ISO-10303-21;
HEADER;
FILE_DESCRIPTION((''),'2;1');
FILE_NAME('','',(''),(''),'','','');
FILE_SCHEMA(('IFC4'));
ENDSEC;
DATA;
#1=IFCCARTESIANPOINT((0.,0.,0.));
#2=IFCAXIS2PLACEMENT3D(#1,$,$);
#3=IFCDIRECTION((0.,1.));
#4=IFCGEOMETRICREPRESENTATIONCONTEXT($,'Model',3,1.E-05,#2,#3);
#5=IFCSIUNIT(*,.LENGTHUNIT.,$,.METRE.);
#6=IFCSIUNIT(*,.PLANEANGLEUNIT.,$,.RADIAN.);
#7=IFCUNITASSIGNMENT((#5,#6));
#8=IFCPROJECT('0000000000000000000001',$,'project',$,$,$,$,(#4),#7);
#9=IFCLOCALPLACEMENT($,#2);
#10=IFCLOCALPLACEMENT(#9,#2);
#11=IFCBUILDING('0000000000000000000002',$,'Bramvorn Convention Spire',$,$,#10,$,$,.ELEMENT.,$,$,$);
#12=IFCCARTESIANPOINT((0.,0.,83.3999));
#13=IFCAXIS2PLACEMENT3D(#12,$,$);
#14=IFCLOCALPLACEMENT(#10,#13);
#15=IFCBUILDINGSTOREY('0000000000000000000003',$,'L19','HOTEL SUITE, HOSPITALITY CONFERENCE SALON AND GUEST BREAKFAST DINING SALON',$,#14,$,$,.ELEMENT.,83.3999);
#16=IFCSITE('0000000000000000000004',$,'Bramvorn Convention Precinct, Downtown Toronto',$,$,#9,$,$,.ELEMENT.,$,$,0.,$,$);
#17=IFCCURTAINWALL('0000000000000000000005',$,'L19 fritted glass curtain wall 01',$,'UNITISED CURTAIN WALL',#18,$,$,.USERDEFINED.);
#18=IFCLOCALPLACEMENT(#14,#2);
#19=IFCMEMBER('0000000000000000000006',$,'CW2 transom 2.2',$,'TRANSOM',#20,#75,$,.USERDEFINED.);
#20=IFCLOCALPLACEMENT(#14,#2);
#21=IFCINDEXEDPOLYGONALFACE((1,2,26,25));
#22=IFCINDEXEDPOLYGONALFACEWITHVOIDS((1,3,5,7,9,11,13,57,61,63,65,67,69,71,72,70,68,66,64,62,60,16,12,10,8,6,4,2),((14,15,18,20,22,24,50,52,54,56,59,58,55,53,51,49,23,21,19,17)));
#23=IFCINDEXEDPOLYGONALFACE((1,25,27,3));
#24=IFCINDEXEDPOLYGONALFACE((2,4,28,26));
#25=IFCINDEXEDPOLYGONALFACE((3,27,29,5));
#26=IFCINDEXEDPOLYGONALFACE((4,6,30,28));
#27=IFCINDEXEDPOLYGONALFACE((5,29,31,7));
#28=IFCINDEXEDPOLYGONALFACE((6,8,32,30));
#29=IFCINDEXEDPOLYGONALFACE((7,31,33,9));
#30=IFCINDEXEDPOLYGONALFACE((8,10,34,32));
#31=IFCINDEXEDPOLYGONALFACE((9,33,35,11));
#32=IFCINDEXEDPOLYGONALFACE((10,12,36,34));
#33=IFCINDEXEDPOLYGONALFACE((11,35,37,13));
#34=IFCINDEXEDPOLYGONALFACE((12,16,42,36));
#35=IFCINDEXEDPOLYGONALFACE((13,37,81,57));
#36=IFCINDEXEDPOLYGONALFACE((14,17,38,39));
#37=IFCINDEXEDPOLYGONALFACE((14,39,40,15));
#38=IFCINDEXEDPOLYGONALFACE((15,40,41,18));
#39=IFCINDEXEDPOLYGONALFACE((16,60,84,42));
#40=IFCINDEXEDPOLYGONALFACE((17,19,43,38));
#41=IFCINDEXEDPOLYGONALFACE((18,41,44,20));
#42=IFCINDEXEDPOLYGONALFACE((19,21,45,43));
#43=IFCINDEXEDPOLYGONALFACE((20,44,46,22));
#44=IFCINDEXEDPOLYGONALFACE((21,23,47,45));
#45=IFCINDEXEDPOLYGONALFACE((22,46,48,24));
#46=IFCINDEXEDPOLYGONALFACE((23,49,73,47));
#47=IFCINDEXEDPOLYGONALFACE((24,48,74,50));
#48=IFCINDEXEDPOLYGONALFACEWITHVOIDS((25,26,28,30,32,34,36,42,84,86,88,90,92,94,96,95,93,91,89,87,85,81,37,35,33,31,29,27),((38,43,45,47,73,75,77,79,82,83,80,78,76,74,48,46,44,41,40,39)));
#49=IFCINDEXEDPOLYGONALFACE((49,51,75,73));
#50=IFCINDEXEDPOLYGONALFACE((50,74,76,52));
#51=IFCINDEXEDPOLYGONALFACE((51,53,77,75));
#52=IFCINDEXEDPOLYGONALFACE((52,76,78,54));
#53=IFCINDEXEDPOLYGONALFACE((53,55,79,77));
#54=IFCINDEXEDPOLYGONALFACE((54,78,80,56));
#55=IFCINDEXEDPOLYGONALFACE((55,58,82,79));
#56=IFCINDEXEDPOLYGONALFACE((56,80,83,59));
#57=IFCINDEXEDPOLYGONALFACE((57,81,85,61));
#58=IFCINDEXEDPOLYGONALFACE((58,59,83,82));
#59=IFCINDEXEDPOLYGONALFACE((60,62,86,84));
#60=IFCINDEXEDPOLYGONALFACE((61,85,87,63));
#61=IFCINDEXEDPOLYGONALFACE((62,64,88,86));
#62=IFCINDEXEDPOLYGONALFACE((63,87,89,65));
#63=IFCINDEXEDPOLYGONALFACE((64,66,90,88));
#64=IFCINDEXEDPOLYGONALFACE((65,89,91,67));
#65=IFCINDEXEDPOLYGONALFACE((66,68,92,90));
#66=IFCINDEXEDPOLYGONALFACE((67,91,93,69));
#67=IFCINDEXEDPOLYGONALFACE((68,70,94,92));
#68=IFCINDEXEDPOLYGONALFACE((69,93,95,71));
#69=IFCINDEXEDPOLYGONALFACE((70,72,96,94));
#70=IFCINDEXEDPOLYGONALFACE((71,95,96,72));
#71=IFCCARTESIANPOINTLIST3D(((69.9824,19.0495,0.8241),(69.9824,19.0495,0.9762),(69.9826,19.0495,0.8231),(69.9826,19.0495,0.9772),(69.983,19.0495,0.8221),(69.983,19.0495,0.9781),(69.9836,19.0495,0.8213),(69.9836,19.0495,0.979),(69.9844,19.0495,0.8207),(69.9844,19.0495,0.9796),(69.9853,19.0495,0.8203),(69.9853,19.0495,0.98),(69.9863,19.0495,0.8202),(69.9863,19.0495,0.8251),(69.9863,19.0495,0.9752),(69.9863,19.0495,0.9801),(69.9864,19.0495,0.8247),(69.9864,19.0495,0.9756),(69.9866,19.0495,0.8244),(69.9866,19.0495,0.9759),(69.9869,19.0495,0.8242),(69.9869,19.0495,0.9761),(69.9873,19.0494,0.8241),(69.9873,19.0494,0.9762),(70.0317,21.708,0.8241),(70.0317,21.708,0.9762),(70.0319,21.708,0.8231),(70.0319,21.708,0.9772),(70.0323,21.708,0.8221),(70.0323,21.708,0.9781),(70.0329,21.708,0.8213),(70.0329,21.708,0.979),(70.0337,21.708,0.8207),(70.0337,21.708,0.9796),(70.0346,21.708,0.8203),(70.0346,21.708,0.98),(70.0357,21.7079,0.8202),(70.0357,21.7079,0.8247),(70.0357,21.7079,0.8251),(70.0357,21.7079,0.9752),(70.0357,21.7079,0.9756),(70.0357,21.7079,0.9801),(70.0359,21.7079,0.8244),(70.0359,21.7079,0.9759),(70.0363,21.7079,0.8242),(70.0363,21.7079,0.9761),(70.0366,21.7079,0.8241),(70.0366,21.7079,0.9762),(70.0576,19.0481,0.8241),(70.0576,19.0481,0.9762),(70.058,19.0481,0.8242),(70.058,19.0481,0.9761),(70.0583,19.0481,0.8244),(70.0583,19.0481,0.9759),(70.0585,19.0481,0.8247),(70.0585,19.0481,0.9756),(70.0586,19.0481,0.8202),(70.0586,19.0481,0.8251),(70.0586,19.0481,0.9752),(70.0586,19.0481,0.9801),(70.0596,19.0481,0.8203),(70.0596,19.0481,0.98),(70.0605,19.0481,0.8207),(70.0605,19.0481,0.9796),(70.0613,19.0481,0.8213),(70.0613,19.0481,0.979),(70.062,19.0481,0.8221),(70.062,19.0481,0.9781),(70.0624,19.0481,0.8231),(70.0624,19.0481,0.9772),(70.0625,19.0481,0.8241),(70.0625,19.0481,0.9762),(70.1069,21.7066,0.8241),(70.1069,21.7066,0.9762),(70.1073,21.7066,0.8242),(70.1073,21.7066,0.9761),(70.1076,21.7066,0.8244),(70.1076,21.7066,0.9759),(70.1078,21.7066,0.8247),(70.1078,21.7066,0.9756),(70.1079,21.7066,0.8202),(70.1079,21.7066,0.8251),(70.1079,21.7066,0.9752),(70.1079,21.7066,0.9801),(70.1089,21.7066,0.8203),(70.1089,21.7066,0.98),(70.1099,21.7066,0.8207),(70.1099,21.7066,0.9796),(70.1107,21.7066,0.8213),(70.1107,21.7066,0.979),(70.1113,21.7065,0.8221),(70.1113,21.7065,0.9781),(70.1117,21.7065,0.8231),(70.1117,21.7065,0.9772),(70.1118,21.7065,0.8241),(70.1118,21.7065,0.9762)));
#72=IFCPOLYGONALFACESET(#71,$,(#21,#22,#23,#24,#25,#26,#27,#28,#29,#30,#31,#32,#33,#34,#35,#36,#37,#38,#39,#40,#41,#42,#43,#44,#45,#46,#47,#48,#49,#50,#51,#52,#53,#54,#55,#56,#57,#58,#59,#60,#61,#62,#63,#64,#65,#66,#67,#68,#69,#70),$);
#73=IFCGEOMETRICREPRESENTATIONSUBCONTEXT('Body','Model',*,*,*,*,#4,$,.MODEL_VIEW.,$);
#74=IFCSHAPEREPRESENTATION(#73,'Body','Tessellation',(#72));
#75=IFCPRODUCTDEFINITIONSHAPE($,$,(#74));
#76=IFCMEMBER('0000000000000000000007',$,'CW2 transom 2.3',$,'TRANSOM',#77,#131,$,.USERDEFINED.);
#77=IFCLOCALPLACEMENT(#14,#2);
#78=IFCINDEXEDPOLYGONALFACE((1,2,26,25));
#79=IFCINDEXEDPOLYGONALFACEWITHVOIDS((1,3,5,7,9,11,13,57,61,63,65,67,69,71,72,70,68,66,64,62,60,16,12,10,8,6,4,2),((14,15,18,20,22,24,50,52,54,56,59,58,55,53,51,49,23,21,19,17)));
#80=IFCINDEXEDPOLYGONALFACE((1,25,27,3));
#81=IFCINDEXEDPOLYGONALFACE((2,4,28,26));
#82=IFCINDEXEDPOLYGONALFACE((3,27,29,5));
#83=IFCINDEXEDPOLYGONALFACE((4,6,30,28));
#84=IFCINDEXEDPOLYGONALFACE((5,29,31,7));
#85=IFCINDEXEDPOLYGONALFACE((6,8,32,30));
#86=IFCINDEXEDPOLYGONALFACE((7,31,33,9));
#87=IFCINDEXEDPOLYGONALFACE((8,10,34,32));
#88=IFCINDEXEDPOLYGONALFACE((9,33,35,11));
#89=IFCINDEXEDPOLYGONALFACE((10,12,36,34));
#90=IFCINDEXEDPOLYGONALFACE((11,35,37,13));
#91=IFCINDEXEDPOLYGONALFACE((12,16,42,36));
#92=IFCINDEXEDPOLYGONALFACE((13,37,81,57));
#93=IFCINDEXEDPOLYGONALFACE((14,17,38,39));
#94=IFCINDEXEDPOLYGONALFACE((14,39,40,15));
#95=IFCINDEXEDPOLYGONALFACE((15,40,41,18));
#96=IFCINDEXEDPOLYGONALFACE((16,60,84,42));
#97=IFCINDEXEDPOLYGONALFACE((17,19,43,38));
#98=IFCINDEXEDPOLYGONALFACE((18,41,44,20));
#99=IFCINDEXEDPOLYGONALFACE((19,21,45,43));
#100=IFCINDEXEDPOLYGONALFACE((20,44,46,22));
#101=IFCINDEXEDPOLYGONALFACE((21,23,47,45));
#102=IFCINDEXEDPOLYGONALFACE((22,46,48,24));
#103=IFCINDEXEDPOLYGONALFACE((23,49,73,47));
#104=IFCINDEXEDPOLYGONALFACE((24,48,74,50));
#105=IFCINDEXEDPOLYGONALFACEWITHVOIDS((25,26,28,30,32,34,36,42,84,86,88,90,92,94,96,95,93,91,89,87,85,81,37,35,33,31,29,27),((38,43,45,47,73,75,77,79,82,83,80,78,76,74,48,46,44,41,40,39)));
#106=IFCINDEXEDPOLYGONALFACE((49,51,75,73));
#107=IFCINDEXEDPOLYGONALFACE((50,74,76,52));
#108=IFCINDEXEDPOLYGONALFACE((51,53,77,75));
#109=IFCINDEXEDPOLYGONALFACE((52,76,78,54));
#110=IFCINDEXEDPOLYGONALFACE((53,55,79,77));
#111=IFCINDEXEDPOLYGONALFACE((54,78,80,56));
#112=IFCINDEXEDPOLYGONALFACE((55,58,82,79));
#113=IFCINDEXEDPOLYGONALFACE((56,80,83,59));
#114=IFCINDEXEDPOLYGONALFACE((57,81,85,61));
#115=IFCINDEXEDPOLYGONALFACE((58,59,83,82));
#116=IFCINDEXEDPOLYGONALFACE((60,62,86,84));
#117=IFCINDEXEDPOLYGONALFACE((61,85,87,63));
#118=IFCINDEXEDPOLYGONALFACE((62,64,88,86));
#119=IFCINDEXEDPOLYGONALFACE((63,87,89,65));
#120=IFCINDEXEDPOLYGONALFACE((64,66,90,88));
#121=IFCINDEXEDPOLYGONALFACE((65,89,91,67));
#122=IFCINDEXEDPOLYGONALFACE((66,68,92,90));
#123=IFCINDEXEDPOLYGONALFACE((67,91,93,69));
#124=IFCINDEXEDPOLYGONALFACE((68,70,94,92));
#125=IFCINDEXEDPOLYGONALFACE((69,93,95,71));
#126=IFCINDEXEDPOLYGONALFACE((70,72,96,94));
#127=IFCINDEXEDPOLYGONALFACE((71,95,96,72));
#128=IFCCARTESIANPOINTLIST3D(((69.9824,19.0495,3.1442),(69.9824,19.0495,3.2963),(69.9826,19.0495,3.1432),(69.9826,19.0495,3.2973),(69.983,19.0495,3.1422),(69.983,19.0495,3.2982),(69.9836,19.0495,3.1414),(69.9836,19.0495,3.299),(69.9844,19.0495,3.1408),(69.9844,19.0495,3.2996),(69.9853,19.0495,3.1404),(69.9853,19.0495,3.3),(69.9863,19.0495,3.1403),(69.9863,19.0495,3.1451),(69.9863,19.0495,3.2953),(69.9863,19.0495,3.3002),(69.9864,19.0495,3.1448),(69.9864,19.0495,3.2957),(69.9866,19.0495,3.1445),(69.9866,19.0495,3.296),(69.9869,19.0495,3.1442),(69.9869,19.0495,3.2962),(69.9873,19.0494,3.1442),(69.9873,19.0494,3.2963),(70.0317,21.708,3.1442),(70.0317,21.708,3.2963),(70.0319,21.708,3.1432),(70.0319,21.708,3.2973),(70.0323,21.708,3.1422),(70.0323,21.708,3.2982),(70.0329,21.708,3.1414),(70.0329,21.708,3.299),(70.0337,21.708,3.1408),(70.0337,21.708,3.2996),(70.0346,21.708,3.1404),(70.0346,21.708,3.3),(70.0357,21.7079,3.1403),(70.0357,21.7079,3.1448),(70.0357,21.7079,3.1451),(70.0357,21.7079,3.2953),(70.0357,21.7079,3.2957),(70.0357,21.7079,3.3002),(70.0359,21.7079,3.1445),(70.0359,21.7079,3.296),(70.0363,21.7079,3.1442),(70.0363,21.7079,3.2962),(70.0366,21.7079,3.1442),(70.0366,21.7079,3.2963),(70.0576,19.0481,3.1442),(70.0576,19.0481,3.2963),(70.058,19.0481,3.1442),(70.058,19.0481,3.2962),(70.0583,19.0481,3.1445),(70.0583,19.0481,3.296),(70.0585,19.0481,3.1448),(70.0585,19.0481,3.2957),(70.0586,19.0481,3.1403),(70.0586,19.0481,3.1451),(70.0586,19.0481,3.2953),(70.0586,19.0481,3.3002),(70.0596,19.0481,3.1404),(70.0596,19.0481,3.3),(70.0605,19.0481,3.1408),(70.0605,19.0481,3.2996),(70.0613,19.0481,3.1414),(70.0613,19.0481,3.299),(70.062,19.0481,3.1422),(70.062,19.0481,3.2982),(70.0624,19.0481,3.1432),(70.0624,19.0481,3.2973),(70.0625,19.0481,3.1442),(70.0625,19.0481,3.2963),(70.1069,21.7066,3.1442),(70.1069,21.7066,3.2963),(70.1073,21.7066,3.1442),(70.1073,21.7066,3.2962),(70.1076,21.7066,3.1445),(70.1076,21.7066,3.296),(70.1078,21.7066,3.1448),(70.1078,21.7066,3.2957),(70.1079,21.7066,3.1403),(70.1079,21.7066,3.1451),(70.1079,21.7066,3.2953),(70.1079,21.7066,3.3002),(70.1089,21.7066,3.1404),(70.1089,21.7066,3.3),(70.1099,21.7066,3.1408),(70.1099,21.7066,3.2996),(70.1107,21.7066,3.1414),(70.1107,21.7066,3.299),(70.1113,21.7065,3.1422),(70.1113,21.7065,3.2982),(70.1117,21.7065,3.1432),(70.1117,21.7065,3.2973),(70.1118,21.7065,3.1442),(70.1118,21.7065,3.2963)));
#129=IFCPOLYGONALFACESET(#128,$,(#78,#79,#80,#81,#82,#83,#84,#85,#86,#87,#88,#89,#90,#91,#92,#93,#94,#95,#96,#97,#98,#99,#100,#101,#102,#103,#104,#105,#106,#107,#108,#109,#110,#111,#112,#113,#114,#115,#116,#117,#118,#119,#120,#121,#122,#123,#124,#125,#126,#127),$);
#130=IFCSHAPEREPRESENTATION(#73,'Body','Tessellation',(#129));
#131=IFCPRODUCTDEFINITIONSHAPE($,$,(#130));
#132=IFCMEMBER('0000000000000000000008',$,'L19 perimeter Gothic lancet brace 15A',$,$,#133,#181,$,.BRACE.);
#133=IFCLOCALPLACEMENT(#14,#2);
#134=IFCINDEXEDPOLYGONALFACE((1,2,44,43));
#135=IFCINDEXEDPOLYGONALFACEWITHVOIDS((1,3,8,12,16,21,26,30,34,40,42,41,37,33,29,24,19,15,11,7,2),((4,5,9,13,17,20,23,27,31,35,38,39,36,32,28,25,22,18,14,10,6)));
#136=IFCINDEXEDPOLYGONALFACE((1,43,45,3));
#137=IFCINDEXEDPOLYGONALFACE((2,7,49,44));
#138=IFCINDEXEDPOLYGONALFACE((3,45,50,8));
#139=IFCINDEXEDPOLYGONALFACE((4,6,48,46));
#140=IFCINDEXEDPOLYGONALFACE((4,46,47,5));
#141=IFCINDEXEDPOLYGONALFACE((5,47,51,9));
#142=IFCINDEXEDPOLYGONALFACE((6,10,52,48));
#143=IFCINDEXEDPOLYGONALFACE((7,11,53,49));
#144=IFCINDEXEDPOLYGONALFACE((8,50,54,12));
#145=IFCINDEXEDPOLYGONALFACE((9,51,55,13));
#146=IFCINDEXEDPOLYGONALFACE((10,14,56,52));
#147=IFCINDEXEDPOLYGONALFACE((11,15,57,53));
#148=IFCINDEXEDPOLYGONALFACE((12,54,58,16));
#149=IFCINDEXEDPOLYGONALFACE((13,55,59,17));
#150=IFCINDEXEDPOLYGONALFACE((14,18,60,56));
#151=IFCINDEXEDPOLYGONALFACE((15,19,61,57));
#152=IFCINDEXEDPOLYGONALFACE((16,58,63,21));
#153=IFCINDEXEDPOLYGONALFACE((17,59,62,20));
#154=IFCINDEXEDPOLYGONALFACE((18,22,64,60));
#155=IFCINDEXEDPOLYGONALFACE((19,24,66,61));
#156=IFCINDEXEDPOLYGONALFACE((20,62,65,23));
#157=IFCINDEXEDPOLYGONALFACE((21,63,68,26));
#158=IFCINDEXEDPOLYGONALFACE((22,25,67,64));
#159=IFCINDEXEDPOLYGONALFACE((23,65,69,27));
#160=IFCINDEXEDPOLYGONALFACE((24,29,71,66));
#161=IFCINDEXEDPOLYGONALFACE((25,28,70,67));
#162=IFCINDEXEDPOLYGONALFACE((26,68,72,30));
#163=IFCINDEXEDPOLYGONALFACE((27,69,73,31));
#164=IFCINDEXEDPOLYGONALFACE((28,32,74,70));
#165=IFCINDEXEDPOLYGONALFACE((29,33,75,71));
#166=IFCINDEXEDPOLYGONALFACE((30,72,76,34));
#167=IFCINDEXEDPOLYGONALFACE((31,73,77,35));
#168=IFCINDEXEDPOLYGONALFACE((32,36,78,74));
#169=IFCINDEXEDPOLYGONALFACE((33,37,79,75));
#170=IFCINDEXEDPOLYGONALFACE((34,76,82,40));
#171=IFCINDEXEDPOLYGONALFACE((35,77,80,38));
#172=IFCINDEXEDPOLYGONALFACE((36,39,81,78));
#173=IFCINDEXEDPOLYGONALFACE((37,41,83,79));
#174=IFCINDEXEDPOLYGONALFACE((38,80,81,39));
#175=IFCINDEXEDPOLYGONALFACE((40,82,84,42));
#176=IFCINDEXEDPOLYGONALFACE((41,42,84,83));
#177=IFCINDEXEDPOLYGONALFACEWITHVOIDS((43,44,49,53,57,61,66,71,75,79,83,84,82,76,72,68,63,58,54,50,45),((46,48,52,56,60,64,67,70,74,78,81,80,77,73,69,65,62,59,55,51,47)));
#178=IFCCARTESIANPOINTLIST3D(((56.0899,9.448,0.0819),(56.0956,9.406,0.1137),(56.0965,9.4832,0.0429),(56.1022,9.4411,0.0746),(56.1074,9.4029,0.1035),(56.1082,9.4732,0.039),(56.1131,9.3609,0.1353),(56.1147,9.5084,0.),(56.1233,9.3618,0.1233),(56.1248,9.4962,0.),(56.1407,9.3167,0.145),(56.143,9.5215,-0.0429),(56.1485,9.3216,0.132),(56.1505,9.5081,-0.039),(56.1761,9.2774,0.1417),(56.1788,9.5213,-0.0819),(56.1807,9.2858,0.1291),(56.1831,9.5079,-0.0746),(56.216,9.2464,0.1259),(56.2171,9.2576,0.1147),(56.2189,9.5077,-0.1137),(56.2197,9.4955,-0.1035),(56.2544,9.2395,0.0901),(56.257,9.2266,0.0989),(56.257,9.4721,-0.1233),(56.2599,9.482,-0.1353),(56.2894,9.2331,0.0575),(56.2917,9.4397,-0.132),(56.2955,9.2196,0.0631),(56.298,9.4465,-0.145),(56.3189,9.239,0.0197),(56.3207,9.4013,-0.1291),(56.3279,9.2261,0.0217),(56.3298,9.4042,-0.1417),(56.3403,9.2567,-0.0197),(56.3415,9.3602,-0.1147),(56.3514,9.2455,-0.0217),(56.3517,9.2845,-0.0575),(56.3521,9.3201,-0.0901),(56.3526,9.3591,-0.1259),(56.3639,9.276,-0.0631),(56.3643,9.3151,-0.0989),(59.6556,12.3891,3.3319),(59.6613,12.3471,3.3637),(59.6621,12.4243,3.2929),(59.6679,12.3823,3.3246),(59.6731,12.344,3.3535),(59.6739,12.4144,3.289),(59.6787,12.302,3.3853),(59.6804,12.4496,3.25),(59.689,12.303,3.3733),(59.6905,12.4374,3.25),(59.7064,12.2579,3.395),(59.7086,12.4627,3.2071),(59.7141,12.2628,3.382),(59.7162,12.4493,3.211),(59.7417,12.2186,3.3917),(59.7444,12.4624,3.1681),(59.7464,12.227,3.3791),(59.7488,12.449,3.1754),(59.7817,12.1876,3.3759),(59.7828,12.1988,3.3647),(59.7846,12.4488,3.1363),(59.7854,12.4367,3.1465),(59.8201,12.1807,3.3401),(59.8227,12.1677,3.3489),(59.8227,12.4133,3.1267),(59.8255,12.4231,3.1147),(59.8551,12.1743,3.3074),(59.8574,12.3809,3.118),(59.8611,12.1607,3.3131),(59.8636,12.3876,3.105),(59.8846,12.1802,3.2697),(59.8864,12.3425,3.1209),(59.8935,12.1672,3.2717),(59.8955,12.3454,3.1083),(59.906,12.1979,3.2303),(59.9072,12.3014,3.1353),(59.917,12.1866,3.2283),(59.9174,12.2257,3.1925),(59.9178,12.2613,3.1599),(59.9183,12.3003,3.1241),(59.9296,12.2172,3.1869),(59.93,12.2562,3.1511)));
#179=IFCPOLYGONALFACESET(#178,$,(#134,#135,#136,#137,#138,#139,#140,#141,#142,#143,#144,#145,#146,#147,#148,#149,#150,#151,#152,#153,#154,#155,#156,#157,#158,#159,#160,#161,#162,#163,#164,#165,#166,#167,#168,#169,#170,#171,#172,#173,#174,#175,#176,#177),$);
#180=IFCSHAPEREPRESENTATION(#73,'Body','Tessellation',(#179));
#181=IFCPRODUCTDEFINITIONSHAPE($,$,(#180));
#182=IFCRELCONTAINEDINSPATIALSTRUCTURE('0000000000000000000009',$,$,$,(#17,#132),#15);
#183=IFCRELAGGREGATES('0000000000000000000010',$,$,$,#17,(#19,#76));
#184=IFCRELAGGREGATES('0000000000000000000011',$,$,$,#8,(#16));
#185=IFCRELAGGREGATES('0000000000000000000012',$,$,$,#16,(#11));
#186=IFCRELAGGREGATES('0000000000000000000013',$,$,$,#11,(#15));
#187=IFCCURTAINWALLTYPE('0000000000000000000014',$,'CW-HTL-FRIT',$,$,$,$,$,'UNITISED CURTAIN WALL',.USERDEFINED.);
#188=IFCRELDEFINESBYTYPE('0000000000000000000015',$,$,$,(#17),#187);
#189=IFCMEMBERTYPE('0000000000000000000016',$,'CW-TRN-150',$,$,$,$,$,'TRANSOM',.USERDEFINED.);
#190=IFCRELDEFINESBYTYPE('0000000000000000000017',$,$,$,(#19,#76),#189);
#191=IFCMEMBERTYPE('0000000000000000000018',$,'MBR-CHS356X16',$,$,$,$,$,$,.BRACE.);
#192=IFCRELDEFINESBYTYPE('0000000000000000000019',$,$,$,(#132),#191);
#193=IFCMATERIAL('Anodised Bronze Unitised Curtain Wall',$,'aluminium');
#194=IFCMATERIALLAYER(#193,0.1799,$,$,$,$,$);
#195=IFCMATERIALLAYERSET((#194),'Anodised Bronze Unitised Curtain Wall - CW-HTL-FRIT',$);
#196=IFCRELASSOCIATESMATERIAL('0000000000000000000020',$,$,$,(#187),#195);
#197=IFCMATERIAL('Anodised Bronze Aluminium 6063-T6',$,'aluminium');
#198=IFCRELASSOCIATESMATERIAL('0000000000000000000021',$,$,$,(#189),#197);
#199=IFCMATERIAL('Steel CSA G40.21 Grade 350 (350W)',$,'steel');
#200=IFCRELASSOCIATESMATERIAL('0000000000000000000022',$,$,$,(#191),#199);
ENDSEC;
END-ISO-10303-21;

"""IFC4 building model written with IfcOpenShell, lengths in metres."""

from ifc_helpers import new_model, si_unit, direction, frame, origin, origin_2d, place, context, subcontext, project, spatial, hollow_rectangle, hollow_circle, extrude, material, layer, layer_set, material_profile, profile_set, type_object, element, aggregate, save


model = new_model("IFC4")

# Units and contexts
model_context = context("Model", 3, precision=1e-05, world=origin(), true_north=direction((0.0, 1.0)))
body_context = subcontext(model_context, "Body", "Model", "MODEL_VIEW")
ifc_project = project(units=[si_unit("LENGTHUNIT", "METRE"), si_unit("PLANEANGLEUNIT", "RADIAN")], contexts=[model_context])

# Site, building, storey
site_placement = place(None, origin())
site = spatial("IfcSite", under=ifc_project, at=site_placement, Name="Bramvorn Convention Precinct, Downtown Toronto", CompositionType="ELEMENT", RefElevation=0.0)
building_placement = place(site_placement, origin())
building = spatial("IfcBuilding", under=site, at=building_placement, Name="Bramvorn Convention Spire", CompositionType="ELEMENT")
storey_placement = place(building_placement, frame((0.0, 0.0, 83.3999)))
storey = spatial("IfcBuildingStorey", under=building, at=storey_placement, Name="L19", Description="HOTEL SUITE, HOSPITALITY CONFERENCE SALON AND GUEST BREAKFAST DINING SALON", CompositionType="ELEMENT", Elevation=83.3999)

# Shared definitions
ifc_material_1 = material(Name="Steel CSA G40.21 Grade 350 (350W)", Category="steel")

# Curtain wall, members
ifc_material_2 = material(Name="Anodised Bronze Unitised Curtain Wall", Category="aluminium")
ifc_layer_1 = layer(ifc_material_2, 0.1799)
ifc_layer_set_1 = layer_set([ifc_layer_1], Name="Anodised Bronze Unitised Curtain Wall - CW-HTL-FRIT")
curtain_wall_type = type_object("IfcCurtainWallType", Name="CW-HTL-FRIT", ElementType="UNITISED CURTAIN WALL", PredefinedType="USERDEFINED", material=ifc_layer_set_1)
curtain_wall_placement = place(storey_placement, origin())
curtain_wall = element("IfcCurtainWall", 1, at=curtain_wall_placement, inside=storey, type_object=curtain_wall_type, Name="L19 fritted glass curtain wall 01", ObjectType="UNITISED CURTAIN WALL", PredefinedType="USERDEFINED")
ifc_material_3 = material(Name="Anodised Bronze Aluminium 6063-T6", Category="aluminium")
ifc_material_profile_1 = material_profile(ifc_material_3, hollow_rectangle(XDim=0.0801, YDim=0.1599, WallThickness=0.0039, InnerFilletRadius=0.001, OuterFilletRadius=0.0039, at=origin_2d()))
ifc_profile_set_1 = profile_set([ifc_material_profile_1], Name="Anodised Bronze Aluminium 6063-T6 - CWT80X160")
member_type_1 = type_object("IfcMemberType", Name="CW-TRN-150", ElementType="TRANSOM", PredefinedType="USERDEFINED", material=ifc_profile_set_1)
member_1_placement = place(storey_placement, frame((70.0718, 21.7073, 0.9001), z_axis=(-0.018548, -0.999828, 0.0), x_axis=(0.999828, -0.018548, 0.0)))
member_1 = element("IfcMember", 2, at=member_1_placement, type_object=member_type_1, Name="CW2 transom 2.2", ObjectType="TRANSOM", PredefinedType="USERDEFINED", context=body_context, shape_type="SweptSolid", body=[
    extrude(hollow_rectangle(XDim=0.0801, YDim=0.1599, WallThickness=0.0039, InnerFilletRadius=0.001, OuterFilletRadius=0.0039, at=origin_2d()), origin(), (0.0, 0.0, 1.0), 2.6589),
])
member_2_placement = place(storey_placement, frame((70.0718, 21.7073, 3.2202), z_axis=(-0.018548, -0.999828, 0.0), x_axis=(0.999828, -0.018548, 0.0)))
member_2 = element("IfcMember", 3, at=member_2_placement, type_object=member_type_1, Name="CW2 transom 2.3", ObjectType="TRANSOM", PredefinedType="USERDEFINED", context=body_context, shape_type="SweptSolid", body=[
    extrude(hollow_rectangle(XDim=0.0801, YDim=0.1599, WallThickness=0.0039, InnerFilletRadius=0.001, OuterFilletRadius=0.0039, at=origin_2d()), origin(), (0.0, 0.0, 1.0), 2.6589),
])

# Member
ifc_material_profile_2 = material_profile(ifc_material_1, hollow_circle(Radius=0.1777, WallThickness=0.0159, at=origin_2d()))
ifc_profile_set_2 = profile_set([ifc_material_profile_2], Name="Steel CSA G40.21 Grade 350 (350W) - CHS356X16")
member_type_2 = type_object("IfcMemberType", Name="MBR-CHS356X16", PredefinedType="BRACE", material=ifc_profile_set_2)
member_3_placement = place(storey_placement, frame((56.2278, 9.3713, 0.0), z_axis=(0.631049, 0.520523, 0.575181), x_axis=(-0.636316, 0.771428, 0.0)))
element("IfcMember", 4, at=member_3_placement, inside=storey, type_object=member_type_2, Name="L19 perimeter Gothic lancet brace 15A", PredefinedType="BRACE", context=body_context, shape_type="SweptSolid", body=[
    extrude(hollow_circle(Radius=0.1777, WallThickness=0.0159, at=origin_2d()), origin(), (0.0, 0.0, 1.0), 5.6504),
])

aggregate(curtain_wall, [member_1, member_2])

save(model, "model.ifc")
